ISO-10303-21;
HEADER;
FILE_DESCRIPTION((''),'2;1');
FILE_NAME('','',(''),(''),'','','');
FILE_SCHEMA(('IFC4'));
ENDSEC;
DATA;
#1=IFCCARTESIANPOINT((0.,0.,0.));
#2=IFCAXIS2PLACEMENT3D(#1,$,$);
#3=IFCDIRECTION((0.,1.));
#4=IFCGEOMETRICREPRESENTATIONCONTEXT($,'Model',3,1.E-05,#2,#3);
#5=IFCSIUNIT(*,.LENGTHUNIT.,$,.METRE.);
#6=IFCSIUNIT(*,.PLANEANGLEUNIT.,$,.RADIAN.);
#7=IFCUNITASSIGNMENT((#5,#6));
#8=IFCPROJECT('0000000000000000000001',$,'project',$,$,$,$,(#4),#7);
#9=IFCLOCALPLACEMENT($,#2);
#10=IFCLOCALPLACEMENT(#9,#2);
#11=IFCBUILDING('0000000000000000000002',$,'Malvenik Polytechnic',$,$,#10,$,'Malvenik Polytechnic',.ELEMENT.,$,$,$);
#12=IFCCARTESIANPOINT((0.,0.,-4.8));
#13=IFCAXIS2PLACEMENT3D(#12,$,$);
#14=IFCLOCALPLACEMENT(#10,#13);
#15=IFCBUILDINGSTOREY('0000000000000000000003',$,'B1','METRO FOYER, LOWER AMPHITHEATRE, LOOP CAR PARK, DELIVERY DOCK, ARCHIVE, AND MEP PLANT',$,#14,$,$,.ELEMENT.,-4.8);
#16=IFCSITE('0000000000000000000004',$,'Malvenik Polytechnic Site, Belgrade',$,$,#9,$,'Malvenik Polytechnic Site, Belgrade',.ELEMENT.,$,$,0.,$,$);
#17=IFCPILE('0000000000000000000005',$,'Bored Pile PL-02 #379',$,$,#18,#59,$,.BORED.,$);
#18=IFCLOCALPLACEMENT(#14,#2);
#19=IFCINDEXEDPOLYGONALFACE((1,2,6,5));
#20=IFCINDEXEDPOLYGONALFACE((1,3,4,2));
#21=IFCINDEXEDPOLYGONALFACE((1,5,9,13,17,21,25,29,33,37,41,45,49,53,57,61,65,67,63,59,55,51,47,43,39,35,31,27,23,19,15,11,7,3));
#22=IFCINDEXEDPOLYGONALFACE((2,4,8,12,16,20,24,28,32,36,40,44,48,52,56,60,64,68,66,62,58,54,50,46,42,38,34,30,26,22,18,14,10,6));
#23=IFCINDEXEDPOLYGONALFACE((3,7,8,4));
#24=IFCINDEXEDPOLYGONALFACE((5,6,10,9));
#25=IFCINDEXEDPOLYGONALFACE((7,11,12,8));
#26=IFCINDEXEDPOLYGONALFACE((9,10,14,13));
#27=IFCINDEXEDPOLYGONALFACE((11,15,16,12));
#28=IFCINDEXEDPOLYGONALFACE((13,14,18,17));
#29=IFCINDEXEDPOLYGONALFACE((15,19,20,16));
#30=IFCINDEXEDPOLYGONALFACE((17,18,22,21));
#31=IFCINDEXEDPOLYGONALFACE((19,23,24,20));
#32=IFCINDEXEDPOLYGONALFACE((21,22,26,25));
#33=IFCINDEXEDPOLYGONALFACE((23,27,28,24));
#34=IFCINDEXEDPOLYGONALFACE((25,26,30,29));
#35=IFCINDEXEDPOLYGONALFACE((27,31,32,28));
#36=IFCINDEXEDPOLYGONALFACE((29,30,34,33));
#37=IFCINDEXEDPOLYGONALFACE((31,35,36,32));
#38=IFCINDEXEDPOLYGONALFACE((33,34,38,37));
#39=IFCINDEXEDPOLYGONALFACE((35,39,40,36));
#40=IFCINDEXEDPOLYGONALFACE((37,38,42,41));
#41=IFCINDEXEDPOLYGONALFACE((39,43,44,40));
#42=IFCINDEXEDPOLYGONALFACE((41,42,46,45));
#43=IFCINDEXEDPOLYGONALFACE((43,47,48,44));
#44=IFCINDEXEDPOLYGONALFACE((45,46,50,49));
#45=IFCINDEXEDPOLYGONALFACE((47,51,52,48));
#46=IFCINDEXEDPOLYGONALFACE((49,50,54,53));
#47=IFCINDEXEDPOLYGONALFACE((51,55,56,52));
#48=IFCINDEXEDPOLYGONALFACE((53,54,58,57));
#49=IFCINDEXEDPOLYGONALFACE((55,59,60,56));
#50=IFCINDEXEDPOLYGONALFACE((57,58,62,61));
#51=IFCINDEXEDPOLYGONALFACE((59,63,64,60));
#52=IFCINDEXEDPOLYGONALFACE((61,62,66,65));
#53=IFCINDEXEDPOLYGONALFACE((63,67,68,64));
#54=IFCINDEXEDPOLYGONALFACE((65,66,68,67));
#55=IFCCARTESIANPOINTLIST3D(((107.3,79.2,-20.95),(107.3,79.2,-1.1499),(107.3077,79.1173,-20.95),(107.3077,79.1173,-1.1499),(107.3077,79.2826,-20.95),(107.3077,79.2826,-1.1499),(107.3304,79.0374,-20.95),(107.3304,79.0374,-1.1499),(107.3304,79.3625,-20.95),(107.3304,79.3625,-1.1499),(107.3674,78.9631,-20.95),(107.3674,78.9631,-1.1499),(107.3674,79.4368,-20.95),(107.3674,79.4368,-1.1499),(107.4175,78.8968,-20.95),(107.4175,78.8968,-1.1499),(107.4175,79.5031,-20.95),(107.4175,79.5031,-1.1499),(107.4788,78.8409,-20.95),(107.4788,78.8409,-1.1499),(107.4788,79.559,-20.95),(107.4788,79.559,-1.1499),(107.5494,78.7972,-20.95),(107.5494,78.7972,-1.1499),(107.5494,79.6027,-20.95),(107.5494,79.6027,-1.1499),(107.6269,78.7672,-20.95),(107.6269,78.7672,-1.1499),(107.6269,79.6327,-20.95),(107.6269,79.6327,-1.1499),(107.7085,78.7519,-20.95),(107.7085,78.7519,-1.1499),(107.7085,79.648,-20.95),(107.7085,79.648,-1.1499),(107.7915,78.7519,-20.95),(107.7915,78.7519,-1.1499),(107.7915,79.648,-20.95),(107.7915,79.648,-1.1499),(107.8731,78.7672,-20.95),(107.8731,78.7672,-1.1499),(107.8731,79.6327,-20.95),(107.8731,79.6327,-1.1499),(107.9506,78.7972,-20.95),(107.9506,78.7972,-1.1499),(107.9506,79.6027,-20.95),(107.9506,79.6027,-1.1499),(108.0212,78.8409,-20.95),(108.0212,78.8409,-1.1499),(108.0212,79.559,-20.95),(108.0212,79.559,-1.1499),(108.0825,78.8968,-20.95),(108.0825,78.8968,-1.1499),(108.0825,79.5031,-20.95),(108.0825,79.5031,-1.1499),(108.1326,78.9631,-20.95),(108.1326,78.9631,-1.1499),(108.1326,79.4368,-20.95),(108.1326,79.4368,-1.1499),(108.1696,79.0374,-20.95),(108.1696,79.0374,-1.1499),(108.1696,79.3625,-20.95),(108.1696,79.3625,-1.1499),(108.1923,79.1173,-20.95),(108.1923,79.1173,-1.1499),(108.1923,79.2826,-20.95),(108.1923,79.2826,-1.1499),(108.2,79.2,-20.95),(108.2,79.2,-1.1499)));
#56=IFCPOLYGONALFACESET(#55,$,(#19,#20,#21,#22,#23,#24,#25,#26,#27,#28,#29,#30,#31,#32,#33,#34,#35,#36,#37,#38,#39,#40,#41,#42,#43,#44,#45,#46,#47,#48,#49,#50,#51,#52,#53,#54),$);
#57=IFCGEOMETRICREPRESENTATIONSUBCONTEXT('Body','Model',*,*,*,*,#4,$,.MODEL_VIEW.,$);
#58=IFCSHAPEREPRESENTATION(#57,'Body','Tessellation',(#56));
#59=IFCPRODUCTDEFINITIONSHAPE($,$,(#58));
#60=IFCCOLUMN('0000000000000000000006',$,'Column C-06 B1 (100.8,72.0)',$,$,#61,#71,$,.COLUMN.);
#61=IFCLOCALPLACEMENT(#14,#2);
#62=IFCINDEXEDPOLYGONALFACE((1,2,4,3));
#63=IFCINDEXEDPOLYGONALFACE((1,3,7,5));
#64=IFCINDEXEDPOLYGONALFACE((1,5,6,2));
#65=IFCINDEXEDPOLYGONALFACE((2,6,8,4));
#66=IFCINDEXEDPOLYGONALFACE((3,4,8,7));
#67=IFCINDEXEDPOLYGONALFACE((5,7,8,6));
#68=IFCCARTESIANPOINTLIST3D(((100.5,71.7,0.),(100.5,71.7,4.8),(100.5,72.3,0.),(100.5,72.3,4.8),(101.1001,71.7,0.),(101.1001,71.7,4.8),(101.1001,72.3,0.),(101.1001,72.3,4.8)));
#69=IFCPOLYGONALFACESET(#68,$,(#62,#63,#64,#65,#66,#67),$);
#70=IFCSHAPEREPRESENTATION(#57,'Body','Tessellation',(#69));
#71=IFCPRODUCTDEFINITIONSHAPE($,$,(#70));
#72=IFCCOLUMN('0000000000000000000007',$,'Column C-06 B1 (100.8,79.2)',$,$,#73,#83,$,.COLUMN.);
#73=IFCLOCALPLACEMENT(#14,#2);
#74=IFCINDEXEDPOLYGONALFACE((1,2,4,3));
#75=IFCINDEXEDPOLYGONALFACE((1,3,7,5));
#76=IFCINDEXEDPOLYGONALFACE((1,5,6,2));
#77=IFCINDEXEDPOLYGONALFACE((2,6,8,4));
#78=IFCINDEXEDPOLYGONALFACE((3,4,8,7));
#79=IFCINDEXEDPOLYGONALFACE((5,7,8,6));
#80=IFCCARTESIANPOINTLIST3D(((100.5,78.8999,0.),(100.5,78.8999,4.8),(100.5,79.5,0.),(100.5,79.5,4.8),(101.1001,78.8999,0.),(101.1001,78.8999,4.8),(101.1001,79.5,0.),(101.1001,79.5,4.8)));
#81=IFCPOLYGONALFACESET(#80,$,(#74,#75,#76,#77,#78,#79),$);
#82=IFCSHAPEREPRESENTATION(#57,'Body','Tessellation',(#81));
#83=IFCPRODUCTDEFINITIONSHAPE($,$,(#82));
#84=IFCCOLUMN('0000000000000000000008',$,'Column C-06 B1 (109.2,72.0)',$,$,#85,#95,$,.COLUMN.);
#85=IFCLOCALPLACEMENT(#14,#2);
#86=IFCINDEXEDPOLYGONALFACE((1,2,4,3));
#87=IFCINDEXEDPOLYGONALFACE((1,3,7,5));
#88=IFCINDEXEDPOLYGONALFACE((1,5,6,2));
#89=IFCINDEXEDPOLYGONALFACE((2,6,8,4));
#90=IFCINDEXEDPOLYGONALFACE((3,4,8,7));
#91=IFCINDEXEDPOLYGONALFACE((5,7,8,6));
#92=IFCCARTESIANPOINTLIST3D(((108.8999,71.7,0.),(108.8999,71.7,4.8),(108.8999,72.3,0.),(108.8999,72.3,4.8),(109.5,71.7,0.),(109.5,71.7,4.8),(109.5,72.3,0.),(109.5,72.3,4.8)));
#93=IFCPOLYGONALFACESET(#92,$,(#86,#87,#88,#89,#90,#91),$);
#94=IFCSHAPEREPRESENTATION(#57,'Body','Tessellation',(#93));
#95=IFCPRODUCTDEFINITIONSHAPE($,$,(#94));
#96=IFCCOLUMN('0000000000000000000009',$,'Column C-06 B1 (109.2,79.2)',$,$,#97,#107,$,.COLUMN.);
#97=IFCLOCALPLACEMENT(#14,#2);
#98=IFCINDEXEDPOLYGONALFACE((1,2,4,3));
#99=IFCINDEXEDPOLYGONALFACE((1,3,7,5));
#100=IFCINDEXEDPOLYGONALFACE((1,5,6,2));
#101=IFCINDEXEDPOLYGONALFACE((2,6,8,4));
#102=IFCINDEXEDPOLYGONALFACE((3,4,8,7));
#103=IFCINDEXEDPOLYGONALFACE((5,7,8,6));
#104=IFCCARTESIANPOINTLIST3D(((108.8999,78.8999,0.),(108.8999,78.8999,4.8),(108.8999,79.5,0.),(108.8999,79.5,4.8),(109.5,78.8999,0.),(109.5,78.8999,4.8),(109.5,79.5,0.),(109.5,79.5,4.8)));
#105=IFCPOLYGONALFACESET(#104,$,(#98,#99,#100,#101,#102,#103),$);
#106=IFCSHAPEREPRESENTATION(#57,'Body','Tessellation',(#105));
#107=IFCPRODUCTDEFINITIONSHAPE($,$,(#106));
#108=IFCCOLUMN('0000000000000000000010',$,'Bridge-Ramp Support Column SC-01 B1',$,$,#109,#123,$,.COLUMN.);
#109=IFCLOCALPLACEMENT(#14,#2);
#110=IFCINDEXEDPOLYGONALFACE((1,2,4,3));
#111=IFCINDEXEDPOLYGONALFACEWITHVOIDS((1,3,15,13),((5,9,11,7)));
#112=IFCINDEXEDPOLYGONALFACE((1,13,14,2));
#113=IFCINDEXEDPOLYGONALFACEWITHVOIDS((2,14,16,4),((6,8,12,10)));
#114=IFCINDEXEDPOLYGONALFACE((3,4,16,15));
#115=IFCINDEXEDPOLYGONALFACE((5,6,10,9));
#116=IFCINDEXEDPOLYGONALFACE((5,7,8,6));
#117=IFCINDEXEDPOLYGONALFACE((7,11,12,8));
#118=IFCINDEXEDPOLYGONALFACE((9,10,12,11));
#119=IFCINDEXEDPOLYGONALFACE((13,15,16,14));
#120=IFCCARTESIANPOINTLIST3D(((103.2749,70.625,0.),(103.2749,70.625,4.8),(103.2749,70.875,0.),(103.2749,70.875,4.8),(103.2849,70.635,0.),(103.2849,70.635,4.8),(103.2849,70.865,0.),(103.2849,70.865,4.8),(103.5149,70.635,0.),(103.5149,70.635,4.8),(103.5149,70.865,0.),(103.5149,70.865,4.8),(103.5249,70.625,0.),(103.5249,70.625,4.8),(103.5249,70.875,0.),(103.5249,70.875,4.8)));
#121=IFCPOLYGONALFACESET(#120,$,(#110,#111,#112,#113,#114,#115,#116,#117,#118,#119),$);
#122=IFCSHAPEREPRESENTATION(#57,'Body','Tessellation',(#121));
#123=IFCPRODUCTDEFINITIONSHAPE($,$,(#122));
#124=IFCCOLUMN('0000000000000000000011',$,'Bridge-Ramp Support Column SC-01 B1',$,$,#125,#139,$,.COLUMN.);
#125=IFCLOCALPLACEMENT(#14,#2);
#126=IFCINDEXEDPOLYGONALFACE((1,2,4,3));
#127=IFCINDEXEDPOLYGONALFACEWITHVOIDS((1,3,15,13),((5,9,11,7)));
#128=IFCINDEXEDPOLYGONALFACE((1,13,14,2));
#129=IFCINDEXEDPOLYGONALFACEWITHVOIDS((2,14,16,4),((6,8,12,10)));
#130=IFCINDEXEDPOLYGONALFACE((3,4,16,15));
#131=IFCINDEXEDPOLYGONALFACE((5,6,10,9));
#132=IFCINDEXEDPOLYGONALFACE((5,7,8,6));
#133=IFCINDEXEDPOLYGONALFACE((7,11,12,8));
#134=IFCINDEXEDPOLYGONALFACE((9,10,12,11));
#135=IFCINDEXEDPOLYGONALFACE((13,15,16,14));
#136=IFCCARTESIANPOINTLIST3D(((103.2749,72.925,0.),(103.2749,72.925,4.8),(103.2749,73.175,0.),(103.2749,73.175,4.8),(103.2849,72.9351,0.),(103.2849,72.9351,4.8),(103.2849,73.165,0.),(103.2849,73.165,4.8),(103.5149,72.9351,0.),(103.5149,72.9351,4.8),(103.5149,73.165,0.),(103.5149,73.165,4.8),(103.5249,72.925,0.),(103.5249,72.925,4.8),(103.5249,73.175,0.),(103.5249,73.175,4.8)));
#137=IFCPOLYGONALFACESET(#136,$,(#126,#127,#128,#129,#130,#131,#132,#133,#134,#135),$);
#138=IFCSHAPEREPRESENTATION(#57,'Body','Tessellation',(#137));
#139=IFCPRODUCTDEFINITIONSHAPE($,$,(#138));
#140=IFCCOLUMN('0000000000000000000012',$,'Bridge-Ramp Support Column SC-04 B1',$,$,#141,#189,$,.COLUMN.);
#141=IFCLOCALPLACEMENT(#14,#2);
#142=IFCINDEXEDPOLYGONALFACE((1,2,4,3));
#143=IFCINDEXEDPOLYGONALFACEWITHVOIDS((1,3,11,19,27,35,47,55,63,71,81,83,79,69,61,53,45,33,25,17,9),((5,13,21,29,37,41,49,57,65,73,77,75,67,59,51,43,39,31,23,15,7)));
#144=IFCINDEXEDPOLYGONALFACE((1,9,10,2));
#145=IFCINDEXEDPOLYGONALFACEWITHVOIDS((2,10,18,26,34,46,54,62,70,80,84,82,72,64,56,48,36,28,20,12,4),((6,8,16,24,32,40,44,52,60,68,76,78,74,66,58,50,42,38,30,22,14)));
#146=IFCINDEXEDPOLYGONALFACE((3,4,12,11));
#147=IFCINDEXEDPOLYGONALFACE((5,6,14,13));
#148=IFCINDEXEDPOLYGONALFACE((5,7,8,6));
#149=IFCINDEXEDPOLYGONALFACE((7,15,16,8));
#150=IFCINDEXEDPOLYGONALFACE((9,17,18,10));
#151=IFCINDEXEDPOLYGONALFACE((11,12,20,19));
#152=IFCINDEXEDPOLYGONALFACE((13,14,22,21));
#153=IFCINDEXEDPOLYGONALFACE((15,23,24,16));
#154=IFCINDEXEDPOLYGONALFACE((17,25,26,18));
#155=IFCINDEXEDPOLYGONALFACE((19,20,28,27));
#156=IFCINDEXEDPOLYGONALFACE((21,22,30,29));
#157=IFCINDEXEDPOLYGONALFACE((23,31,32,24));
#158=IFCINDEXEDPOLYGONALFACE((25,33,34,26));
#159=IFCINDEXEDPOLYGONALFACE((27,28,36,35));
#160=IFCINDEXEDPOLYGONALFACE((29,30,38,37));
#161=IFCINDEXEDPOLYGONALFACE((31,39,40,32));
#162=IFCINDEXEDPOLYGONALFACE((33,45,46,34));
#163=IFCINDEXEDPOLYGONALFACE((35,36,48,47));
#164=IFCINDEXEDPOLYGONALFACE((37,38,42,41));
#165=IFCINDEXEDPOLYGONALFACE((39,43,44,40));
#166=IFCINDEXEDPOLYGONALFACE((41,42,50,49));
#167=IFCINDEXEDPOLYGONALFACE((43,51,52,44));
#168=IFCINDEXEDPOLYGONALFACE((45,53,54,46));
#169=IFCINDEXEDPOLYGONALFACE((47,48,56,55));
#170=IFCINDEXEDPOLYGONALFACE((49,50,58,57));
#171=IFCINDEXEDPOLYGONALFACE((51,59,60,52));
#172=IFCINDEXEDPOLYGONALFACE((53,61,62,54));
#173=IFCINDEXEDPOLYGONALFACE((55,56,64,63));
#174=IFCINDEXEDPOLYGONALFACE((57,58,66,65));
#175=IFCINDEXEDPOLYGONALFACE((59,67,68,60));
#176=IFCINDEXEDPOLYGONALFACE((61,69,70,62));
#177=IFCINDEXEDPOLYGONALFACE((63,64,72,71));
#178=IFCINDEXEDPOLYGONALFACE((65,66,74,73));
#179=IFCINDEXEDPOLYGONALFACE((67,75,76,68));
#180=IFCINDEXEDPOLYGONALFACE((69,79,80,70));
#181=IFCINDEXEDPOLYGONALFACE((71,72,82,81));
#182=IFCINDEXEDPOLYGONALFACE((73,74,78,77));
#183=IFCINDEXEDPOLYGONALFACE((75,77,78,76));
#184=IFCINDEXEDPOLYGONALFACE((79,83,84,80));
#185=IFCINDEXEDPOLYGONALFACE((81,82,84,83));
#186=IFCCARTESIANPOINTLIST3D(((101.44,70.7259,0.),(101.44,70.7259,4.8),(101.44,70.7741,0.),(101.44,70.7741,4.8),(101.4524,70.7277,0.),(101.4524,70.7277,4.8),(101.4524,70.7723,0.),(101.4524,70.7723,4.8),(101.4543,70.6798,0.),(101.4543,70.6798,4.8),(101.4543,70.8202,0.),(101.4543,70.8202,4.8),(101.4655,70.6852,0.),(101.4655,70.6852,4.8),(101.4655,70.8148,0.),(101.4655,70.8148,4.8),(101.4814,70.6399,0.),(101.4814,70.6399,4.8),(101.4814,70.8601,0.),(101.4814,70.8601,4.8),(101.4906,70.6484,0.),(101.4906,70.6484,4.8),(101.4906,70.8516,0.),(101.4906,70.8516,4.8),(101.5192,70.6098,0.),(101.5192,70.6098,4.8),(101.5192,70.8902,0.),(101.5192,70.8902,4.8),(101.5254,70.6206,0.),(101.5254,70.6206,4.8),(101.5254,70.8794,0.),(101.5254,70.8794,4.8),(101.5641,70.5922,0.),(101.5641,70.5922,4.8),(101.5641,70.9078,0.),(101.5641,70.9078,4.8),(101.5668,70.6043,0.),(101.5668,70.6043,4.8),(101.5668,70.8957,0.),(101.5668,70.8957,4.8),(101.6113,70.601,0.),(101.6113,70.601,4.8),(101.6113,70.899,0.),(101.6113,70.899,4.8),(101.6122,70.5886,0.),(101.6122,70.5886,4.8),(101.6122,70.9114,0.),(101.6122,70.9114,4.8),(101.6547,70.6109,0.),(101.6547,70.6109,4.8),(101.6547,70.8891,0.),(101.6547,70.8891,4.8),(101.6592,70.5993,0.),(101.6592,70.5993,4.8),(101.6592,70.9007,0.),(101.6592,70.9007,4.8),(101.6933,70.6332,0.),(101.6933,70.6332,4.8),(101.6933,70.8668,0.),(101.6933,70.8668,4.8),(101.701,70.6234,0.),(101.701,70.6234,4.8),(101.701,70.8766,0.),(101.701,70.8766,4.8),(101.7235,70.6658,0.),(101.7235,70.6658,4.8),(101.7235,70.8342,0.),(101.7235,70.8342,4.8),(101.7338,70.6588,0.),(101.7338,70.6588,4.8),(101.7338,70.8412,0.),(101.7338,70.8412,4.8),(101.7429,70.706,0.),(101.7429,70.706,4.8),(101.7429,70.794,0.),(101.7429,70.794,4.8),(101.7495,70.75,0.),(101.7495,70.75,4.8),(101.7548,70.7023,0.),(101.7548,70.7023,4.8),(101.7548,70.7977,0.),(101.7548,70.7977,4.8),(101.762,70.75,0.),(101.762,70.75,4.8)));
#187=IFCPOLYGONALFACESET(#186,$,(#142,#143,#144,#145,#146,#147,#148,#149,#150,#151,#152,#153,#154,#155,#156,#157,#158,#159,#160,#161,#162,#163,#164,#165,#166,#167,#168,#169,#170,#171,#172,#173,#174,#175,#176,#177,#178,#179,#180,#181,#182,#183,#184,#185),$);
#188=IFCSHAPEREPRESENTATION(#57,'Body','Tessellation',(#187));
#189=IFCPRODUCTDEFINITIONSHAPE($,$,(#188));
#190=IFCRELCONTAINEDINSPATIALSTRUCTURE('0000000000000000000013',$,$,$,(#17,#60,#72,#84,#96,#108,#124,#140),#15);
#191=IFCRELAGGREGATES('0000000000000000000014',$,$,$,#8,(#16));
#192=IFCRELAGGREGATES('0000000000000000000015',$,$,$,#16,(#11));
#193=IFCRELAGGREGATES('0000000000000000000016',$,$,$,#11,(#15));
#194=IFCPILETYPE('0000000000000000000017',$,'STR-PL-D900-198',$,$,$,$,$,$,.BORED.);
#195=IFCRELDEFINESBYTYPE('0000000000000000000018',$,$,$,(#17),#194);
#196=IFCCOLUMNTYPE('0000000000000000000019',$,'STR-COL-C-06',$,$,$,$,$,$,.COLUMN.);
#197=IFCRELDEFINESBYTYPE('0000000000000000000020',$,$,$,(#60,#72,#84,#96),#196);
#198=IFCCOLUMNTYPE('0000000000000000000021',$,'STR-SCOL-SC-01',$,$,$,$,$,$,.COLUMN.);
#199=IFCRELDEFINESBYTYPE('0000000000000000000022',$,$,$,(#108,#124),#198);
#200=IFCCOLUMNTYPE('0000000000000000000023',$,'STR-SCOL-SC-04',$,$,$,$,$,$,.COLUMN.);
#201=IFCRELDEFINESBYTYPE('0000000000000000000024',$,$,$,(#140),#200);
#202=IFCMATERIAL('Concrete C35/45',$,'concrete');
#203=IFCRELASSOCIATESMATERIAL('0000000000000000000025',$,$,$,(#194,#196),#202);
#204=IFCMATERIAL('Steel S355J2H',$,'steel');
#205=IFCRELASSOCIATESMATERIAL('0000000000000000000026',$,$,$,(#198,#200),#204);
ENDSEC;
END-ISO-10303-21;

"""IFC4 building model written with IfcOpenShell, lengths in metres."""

from ifc_helpers import new_model, si_unit, direction, frame, origin, origin_2d, place, context, subcontext, project, spatial, rectangle, hollow_rectangle, circle, hollow_circle, extrude, material, material_profile, profile_set, type_object, element, save


model = new_model("IFC4")

# Units and contexts
model_context = context("Model", 3, precision=1e-05, world=origin(), true_north=direction((0.0, 1.0)))
body_context = subcontext(model_context, "Body", "Model", "MODEL_VIEW")
ifc_project = project(units=[si_unit("LENGTHUNIT", "METRE"), si_unit("PLANEANGLEUNIT", "RADIAN")], contexts=[model_context])

# Site, building, storey
site_placement = place(None, origin())
site = spatial("IfcSite", under=ifc_project, at=site_placement, Name="Malvenik Polytechnic Site, Belgrade", LongName="Malvenik Polytechnic Site, Belgrade", CompositionType="ELEMENT", RefElevation=0.0)
building_placement = place(site_placement, origin())
building = spatial("IfcBuilding", under=site, at=building_placement, Name="Malvenik Polytechnic", LongName="Malvenik Polytechnic", CompositionType="ELEMENT")
storey_placement = place(building_placement, frame((0.0, 0.0, -4.8)))
storey = spatial("IfcBuildingStorey", under=building, at=storey_placement, Name="B1", Description="METRO FOYER, LOWER AMPHITHEATRE, LOOP CAR PARK, DELIVERY DOCK, ARCHIVE, AND MEP PLANT", CompositionType="ELEMENT", Elevation=-4.8)

# Shared definitions
ifc_material_1 = material(Name="Concrete C35/45", Category="concrete")

# Pile
ifc_material_profile_1 = material_profile(ifc_material_1, circle(Radius=0.45, at=origin_2d()), Name="BORED PILE D900")
ifc_profile_set_1 = profile_set([ifc_material_profile_1], Name="Concrete C35/45")
pile_type_1 = type_object("IfcPileType", Name="STR-PL-D900-198", PredefinedType="BORED", material=ifc_profile_set_1)
for number, where, z_axis, x_axis, name in (
    (1, (107.75, 79.2, -1.1499), (0.0, 0.0, -1.0), (1.0, 0.0, 0.0), "Bored Pile PL-02 #379"),
):
    element("IfcPile", number, at=place(storey_placement, frame(where, z_axis=z_axis, x_axis=x_axis)), inside=storey, type_object=pile_type_1, Name=name, PredefinedType="BORED", context=body_context, shape_type="SweptSolid", body=[
        extrude(circle(Radius=0.45, at=origin_2d()), origin(), (0.0, 0.0, 1.0), 19.8),
    ])

# Columns
ifc_material_profile_2 = material_profile(ifc_material_1, rectangle(XDim=0.6001, YDim=0.6001, at=origin_2d()), Name="RC COL 600x600")
ifc_profile_set_2 = profile_set([ifc_material_profile_2], Name="Concrete C35/45")
column_type_1 = type_object("IfcColumnType", Name="STR-COL-C-06", PredefinedType="COLUMN", material=ifc_profile_set_2)
for number, where, z_axis, x_axis, name in (
    (2, (100.8, 72.0, 0.0), (0.0, 0.0, 1.0), (1.0, 0.0, 0.0), "Column C-06 B1 (100.8,72.0)"),
    (3, (100.8, 79.2, 0.0), (0.0, 0.0, 1.0), (1.0, 0.0, 0.0), "Column C-06 B1 (100.8,79.2)"),
    (4, (109.2, 72.0, 0.0), (0.0, 0.0, 1.0), (1.0, 0.0, 0.0), "Column C-06 B1 (109.2,72.0)"),
    (5, (109.2, 79.2, 0.0), (0.0, 0.0, 1.0), (1.0, 0.0, 0.0), "Column C-06 B1 (109.2,79.2)"),
):
    element("IfcColumn", number, at=place(storey_placement, frame(where, z_axis=z_axis, x_axis=x_axis)), inside=storey, type_object=column_type_1, Name=name, PredefinedType="COLUMN", context=body_context, shape_type="SweptSolid", body=[
        extrude(rectangle(XDim=0.6001, YDim=0.6001, at=origin_2d()), origin(), (0.0, 0.0, 1.0), 4.8),
    ])
ifc_material_2 = material(Name="Steel S355J2H", Category="steel")
ifc_material_profile_3 = material_profile(ifc_material_2, hollow_rectangle(XDim=0.25, YDim=0.25, WallThickness=0.01, at=origin_2d()), Name="SHS 250x250x10.0")
ifc_profile_set_3 = profile_set([ifc_material_profile_3], Name="Steel S355J2H")
column_type_2 = type_object("IfcColumnType", Name="STR-SCOL-SC-01", PredefinedType="COLUMN", material=ifc_profile_set_3)
for number, where, z_axis, x_axis, name in (
    (6, (103.3999, 70.75, 0.0), (0.0, 0.0, 1.0), (1.0, 0.0, 0.0), "Bridge-Ramp Support Column SC-01 B1"),
    (7, (103.3999, 73.05, 0.0), (0.0, 0.0, 1.0), (1.0, 0.0, 0.0), "Bridge-Ramp Support Column SC-01 B1"),
):
    element("IfcColumn", number, at=place(storey_placement, frame(where, z_axis=z_axis, x_axis=x_axis)), inside=storey, type_object=column_type_2, Name=name, PredefinedType="COLUMN", context=body_context, shape_type="SweptSolid", body=[
        extrude(hollow_rectangle(XDim=0.25, YDim=0.25, WallThickness=0.01, at=origin_2d()), origin(), (0.0, 0.0, 1.0), 4.8),
    ])
ifc_material_profile_4 = material_profile(ifc_material_2, hollow_circle(Radius=0.1619, WallThickness=0.0125, at=origin_2d()), Name="CHS 323.9x12.5")
ifc_profile_set_4 = profile_set([ifc_material_profile_4], Name="Steel S355J2H")
column_type_3 = type_object("IfcColumnType", Name="STR-SCOL-SC-04", PredefinedType="COLUMN", material=ifc_profile_set_4)
for number, where, z_axis, x_axis, name in (
    (8, (101.6001, 70.75, 0.0), (0.0, 0.0, 1.0), (1.0, 0.0, 0.0), "Bridge-Ramp Support Column SC-04 B1"),
):
    element("IfcColumn", number, at=place(storey_placement, frame(where, z_axis=z_axis, x_axis=x_axis)), inside=storey, type_object=column_type_3, Name=name, PredefinedType="COLUMN", context=body_context, shape_type="SweptSolid", body=[
        extrude(hollow_circle(Radius=0.1619, WallThickness=0.0125, at=origin_2d()), origin(), (0.0, 0.0, 1.0), 4.8),
    ])

save(model, "model.ifc")
